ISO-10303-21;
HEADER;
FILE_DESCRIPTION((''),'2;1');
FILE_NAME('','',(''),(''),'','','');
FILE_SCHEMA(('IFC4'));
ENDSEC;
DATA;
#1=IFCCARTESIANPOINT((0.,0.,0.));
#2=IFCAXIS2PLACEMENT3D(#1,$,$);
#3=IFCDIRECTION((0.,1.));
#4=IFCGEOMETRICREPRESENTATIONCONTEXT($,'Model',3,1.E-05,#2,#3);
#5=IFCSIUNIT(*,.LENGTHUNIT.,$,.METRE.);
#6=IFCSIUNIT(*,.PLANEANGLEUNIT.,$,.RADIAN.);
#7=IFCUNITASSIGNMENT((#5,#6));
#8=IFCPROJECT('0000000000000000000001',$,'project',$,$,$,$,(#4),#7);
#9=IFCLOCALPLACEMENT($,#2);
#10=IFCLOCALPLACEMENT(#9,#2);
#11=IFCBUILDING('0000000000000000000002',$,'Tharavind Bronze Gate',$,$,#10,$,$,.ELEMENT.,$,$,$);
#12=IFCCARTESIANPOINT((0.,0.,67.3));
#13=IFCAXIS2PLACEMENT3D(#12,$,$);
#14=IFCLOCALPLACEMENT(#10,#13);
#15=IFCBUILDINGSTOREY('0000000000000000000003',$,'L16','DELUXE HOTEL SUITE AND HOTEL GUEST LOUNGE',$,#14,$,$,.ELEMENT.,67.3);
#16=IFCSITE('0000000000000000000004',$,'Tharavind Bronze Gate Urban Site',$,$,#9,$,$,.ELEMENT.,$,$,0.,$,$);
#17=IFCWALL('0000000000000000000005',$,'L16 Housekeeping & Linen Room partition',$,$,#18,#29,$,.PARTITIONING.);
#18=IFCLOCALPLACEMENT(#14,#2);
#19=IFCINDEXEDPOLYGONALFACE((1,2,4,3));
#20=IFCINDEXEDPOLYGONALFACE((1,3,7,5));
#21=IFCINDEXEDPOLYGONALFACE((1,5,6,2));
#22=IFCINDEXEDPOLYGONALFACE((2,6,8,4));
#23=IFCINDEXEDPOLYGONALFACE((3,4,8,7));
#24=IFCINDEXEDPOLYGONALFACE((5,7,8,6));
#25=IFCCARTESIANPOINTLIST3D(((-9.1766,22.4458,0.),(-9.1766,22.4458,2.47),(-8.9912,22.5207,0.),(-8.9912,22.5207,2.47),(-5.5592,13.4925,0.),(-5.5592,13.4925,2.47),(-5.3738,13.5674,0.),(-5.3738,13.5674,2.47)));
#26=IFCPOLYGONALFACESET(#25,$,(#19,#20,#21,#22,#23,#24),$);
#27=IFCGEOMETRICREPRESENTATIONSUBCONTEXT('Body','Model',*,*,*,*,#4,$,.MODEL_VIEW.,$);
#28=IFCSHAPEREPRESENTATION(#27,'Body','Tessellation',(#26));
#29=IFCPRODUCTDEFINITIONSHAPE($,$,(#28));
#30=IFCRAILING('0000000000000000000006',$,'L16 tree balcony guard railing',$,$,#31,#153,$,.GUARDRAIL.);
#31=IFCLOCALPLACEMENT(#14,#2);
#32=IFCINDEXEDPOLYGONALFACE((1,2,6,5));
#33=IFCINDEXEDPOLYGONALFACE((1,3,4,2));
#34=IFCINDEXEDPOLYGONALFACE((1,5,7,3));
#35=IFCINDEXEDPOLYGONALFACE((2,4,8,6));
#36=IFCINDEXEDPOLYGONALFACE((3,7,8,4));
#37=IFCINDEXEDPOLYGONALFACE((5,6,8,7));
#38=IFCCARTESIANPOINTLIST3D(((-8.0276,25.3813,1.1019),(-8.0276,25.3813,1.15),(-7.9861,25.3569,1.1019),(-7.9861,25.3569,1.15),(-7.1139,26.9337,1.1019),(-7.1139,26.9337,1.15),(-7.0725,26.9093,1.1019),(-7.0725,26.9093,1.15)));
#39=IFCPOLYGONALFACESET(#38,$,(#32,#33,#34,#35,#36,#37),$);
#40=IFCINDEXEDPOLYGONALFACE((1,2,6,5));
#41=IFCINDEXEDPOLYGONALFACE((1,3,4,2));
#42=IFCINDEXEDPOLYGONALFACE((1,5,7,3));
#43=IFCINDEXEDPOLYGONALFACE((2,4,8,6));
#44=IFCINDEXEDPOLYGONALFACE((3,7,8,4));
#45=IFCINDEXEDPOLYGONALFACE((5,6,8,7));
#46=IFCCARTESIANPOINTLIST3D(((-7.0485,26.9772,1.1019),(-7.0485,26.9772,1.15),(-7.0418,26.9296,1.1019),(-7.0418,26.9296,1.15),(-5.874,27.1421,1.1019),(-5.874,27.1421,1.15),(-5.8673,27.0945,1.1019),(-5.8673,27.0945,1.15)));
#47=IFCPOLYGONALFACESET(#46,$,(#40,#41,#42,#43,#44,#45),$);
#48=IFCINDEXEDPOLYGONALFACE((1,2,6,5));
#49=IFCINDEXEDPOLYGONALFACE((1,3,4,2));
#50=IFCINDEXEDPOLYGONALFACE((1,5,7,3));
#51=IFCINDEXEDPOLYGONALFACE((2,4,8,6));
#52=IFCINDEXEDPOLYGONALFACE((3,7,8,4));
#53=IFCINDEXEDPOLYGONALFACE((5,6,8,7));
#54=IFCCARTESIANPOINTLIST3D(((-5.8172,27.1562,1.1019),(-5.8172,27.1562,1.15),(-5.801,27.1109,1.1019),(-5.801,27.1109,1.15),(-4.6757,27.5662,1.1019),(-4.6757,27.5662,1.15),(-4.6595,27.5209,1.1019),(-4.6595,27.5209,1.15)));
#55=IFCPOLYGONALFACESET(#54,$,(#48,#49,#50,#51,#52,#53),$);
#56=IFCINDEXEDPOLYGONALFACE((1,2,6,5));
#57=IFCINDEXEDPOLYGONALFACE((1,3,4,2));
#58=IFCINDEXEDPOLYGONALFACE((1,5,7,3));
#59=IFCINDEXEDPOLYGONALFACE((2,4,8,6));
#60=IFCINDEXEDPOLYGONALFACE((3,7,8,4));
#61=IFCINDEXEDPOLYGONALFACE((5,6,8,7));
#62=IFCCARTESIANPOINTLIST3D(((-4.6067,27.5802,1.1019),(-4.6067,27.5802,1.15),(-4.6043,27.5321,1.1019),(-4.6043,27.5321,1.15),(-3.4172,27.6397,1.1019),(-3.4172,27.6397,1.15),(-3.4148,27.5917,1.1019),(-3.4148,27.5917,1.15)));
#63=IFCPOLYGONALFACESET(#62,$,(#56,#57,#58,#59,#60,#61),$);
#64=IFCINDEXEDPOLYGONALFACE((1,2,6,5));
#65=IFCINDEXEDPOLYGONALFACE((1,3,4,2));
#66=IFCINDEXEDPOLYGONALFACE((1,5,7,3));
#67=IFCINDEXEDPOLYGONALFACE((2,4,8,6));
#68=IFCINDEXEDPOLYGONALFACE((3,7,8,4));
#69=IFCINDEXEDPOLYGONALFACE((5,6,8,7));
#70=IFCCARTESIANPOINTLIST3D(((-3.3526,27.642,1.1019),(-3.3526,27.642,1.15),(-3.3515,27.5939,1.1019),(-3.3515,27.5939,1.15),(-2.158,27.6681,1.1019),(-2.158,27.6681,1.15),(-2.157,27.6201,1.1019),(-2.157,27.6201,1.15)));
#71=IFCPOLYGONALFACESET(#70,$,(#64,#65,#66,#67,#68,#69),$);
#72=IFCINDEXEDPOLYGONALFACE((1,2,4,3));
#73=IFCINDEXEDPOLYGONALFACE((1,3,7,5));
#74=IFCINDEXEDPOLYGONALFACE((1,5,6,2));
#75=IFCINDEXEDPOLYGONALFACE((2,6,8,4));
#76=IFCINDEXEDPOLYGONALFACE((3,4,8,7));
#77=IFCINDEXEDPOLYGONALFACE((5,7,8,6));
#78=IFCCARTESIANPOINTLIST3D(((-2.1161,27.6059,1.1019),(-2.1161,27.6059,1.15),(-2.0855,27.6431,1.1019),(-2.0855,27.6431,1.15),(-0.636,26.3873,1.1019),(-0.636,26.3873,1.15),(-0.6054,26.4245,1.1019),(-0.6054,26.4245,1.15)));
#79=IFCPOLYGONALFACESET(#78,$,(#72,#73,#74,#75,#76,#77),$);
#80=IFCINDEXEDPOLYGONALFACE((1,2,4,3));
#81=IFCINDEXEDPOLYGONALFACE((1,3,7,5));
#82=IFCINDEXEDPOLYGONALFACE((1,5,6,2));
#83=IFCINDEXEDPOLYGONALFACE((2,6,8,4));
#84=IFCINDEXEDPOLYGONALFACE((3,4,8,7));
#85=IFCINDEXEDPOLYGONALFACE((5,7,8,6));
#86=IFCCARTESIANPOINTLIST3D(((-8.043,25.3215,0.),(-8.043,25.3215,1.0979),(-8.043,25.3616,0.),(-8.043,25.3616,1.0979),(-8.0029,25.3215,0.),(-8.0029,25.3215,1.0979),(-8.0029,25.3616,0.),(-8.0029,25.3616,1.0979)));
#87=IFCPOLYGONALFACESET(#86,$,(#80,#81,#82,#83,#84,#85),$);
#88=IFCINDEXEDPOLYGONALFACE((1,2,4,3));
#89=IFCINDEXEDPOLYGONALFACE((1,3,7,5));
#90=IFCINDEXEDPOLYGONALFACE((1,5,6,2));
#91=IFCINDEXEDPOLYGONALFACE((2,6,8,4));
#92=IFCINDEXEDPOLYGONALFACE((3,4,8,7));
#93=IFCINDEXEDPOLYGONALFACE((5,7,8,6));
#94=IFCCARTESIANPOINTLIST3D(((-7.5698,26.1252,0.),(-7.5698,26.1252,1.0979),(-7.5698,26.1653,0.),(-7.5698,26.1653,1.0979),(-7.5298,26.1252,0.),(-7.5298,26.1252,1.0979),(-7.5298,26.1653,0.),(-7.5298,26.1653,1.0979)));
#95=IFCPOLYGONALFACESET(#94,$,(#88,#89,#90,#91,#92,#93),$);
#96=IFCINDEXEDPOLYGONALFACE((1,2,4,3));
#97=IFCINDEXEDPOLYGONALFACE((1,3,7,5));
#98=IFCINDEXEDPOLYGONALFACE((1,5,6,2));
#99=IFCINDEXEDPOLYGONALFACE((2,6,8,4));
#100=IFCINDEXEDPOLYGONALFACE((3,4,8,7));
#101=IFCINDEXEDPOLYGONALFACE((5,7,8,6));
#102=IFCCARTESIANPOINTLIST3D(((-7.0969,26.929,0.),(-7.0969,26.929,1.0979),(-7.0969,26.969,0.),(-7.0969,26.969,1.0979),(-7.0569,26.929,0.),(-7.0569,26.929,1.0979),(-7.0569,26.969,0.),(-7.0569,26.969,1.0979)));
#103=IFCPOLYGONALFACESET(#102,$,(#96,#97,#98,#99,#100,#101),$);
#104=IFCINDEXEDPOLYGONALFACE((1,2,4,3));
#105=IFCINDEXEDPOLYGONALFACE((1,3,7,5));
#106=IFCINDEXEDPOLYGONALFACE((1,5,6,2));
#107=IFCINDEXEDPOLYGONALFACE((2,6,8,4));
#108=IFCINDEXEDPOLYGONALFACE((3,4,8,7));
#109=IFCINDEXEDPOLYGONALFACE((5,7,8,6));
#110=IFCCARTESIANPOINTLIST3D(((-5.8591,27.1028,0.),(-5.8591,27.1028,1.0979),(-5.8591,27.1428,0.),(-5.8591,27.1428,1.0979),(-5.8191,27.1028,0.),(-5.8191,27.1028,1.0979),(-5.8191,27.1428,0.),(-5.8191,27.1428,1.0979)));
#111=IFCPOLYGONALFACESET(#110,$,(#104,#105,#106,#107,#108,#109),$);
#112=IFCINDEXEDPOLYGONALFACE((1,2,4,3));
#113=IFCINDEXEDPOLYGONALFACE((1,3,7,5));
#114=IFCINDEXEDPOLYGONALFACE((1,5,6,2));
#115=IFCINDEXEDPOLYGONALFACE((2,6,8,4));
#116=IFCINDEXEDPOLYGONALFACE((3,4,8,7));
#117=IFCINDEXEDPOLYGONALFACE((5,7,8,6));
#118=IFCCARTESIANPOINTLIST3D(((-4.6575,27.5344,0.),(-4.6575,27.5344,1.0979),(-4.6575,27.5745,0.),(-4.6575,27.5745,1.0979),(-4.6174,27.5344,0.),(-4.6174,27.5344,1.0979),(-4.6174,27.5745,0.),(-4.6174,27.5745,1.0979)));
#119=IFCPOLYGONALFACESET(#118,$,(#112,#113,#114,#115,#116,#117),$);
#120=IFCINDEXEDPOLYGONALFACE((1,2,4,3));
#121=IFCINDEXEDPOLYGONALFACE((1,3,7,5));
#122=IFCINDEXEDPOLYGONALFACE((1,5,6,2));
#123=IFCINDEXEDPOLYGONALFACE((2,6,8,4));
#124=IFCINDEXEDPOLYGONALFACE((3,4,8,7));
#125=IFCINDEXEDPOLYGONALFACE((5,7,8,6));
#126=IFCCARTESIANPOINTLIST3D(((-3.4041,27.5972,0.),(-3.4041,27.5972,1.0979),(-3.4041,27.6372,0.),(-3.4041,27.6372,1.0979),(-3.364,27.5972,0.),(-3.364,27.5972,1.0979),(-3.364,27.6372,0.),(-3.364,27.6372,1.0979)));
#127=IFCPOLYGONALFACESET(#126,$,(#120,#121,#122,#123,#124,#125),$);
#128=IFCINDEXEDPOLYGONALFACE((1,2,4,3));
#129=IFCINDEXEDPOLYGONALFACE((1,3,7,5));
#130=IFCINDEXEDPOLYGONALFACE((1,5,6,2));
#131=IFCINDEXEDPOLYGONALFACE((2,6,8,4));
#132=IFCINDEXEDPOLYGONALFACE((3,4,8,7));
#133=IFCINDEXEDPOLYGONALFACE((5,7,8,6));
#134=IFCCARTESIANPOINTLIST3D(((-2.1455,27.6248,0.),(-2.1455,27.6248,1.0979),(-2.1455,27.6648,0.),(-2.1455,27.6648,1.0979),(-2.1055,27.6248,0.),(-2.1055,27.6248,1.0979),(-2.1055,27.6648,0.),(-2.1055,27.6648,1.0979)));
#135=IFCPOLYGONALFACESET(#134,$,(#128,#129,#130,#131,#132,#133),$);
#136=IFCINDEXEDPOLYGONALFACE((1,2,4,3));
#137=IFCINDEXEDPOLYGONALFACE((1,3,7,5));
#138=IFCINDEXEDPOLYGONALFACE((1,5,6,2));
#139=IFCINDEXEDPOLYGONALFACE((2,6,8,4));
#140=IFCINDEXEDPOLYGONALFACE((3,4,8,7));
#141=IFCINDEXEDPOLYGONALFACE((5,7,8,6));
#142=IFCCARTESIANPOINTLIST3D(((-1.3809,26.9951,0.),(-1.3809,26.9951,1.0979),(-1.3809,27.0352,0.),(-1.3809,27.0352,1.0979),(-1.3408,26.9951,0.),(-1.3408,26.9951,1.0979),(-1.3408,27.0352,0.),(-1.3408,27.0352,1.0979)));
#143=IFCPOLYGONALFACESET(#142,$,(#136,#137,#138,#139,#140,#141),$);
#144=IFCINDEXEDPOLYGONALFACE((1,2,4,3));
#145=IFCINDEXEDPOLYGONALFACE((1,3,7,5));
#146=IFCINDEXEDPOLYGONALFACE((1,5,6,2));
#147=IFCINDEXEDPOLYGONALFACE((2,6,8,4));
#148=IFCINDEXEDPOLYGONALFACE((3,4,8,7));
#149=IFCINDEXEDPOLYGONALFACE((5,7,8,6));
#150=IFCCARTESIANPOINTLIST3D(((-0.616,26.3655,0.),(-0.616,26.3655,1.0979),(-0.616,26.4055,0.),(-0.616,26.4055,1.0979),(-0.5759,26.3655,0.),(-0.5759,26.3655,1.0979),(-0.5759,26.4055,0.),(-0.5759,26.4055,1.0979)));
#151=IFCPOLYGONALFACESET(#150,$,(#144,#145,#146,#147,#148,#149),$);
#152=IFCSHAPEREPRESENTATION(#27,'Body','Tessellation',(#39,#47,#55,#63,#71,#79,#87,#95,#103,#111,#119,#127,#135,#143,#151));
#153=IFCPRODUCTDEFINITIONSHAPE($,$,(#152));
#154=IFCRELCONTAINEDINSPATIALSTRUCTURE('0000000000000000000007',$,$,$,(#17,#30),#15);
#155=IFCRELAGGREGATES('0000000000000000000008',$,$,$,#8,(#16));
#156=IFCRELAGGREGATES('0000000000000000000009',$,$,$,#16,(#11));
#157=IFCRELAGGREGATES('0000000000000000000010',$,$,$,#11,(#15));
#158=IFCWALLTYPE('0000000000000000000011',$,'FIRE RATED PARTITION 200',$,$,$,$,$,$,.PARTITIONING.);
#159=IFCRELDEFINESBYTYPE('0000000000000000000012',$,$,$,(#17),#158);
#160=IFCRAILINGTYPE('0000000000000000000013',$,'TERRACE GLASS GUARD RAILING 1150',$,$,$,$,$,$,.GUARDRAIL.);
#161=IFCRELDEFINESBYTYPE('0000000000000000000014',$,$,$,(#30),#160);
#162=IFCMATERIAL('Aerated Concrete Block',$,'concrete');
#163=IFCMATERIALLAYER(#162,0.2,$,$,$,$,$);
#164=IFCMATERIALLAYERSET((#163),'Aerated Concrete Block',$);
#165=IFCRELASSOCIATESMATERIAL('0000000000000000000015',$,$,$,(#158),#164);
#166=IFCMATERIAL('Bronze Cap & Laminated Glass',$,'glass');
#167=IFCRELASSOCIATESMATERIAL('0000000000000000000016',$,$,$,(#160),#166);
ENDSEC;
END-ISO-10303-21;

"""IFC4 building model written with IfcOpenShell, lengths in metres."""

from ifc_helpers import new_model, si_unit, direction, frame, frame_2d, origin, origin_2d, place, context, subcontext, project, spatial, rectangle, extrude, material, layer, layer_set, type_object, element, save


model = new_model("IFC4")

# Units and contexts
model_context = context("Model", 3, precision=1e-05, world=origin(), true_north=direction((0.0, 1.0)))
body_context = subcontext(model_context, "Body", "Model", "MODEL_VIEW")
ifc_project = project(units=[si_unit("LENGTHUNIT", "METRE"), si_unit("PLANEANGLEUNIT", "RADIAN")], contexts=[model_context])

# Site, building, storey
site_placement = place(None, origin())
site = spatial("IfcSite", under=ifc_project, at=site_placement, Name="Tharavind Bronze Gate Urban Site", CompositionType="ELEMENT", RefElevation=0.0)
building_placement = place(site_placement, origin())
building = spatial("IfcBuilding", under=site, at=building_placement, Name="Tharavind Bronze Gate", CompositionType="ELEMENT")
storey_placement = place(building_placement, frame((0.0, 0.0, 67.3)))
storey = spatial("IfcBuildingStorey", under=building, at=storey_placement, Name="L16", Description="DELUXE HOTEL SUITE AND HOTEL GUEST LOUNGE", CompositionType="ELEMENT", Elevation=67.3)

# Wall
ifc_material_1 = material(Name="Aerated Concrete Block", Category="concrete")
ifc_layer_1 = layer(ifc_material_1, 0.2)
ifc_layer_set_1 = layer_set([ifc_layer_1], Name="Aerated Concrete Block")
wall_type_1 = type_object("IfcWallType", Name="FIRE RATED PARTITION 200", PredefinedType="PARTITIONING", material=ifc_layer_set_1)
wall_1_placement = place(storey_placement, frame((-5.4666, 13.53, 0.0), z_axis=(0.0, 0.0, 1.0), x_axis=(-0.37461, 0.927183, 0.0)))
element("IfcWall", 1, at=wall_1_placement, inside=storey, type_object=wall_type_1, Name="L16 Housekeeping & Linen Room partition", PredefinedType="PARTITIONING", context=body_context, shape_type="SweptSolid", body=[
    extrude(rectangle(XDim=9.6565, YDim=0.2, at=frame_2d((4.8281, 0.0))), origin(), (0.0, 0.0, 1.0), 2.47),
])

# Railing
ifc_material_2 = material(Name="Bronze Cap & Laminated Glass", Category="glass")
railing_type = type_object("IfcRailingType", Name="TERRACE GLASS GUARD RAILING 1150", PredefinedType="GUARDRAIL", material=ifc_material_2)
railing_placement = place(storey_placement, frame((-8.0229, 25.3416, 0.0)))
element("IfcRailing", 2, at=railing_placement, inside=storey, type_object=railing_type, Name="L16 tree balcony guard railing", PredefinedType="GUARDRAIL", context=body_context, shape_type="SweptSolid", body=[
    extrude(rectangle(XDim=0.0481, YDim=0.0481, at=origin_2d()), frame((0.0161, 0.0276, 1.126), z_axis=(0.50722, 0.861816, 0.0), x_axis=(-0.861816, 0.50722, 0.0)), (0.0, 0.0, 1.0), 1.8013),
    extrude(rectangle(XDim=0.0481, YDim=0.0481, at=origin_2d()), frame((0.9778, 1.6118, 1.126), z_axis=(0.990283, 0.139069, 0.0), x_axis=(-0.139069, 0.990283, 0.0)), (0.0, 0.0, 1.0), 1.186),
    extrude(rectangle(XDim=0.0481, YDim=0.0481, at=origin_2d()), frame((2.2139, 1.792, 1.126), z_axis=(0.941126, 0.338056, 0.0), x_axis=(-0.338056, 0.941126, 0.0)), (0.0, 0.0, 1.0), 1.2129),
    extrude(rectangle(XDim=0.0481, YDim=0.0481, at=origin_2d()), frame((3.4175, 2.2146, 1.126), z_axis=(0.998749, 0.049996, 0.0), x_axis=(-0.049996, 0.998749, 0.0)), (0.0, 0.0, 1.0), 1.1909),
    extrude(rectangle(XDim=0.0481, YDim=0.0481, at=origin_2d()), frame((4.6709, 2.2764, 1.126), z_axis=(0.99976, 0.021915, 0.0), x_axis=(-0.021915, 0.99976, 0.0)), (0.0, 0.0, 1.0), 1.1948),
    extrude(rectangle(XDim=0.0481, YDim=0.0481, at=origin_2d()), frame((5.9221, 2.283, 1.126), z_axis=(0.772016, -0.635604, 0.0), x_axis=(0.635604, 0.772016, 0.0)), (0.0, 0.0, 1.0), 1.9172),
    extrude(rectangle(XDim=0.04, YDim=0.04, at=origin_2d()), origin(), (0.0, 0.0, 1.0), 1.0979),
    extrude(rectangle(XDim=0.04, YDim=0.04, at=origin_2d()), frame((0.4731, 0.8037, 0.0)), (0.0, 0.0, 1.0), 1.0979),
    extrude(rectangle(XDim=0.04, YDim=0.04, at=origin_2d()), frame((0.946, 1.6074, 0.0)), (0.0, 0.0, 1.0), 1.0979),
    extrude(rectangle(XDim=0.04, YDim=0.04, at=origin_2d()), frame((2.1838, 1.7812, 0.0)), (0.0, 0.0, 1.0), 1.0979),
    extrude(rectangle(XDim=0.04, YDim=0.04, at=origin_2d()), frame((3.3855, 2.2129, 0.0)), (0.0, 0.0, 1.0), 1.0979),
    extrude(rectangle(XDim=0.04, YDim=0.04, at=origin_2d()), frame((4.6389, 2.2756, 0.0)), (0.0, 0.0, 1.0), 1.0979),
    extrude(rectangle(XDim=0.04, YDim=0.04, at=origin_2d()), frame((5.8975, 2.3032, 0.0)), (0.0, 0.0, 1.0), 1.0979),
    extrude(rectangle(XDim=0.04, YDim=0.04, at=origin_2d()), frame((6.6621, 1.6736, 0.0)), (0.0, 0.0, 1.0), 1.0979),
    extrude(rectangle(XDim=0.04, YDim=0.04, at=origin_2d()), frame((7.427, 1.0439, 0.0)), (0.0, 0.0, 1.0), 1.0979),
])

save(model, "model.ifc")
